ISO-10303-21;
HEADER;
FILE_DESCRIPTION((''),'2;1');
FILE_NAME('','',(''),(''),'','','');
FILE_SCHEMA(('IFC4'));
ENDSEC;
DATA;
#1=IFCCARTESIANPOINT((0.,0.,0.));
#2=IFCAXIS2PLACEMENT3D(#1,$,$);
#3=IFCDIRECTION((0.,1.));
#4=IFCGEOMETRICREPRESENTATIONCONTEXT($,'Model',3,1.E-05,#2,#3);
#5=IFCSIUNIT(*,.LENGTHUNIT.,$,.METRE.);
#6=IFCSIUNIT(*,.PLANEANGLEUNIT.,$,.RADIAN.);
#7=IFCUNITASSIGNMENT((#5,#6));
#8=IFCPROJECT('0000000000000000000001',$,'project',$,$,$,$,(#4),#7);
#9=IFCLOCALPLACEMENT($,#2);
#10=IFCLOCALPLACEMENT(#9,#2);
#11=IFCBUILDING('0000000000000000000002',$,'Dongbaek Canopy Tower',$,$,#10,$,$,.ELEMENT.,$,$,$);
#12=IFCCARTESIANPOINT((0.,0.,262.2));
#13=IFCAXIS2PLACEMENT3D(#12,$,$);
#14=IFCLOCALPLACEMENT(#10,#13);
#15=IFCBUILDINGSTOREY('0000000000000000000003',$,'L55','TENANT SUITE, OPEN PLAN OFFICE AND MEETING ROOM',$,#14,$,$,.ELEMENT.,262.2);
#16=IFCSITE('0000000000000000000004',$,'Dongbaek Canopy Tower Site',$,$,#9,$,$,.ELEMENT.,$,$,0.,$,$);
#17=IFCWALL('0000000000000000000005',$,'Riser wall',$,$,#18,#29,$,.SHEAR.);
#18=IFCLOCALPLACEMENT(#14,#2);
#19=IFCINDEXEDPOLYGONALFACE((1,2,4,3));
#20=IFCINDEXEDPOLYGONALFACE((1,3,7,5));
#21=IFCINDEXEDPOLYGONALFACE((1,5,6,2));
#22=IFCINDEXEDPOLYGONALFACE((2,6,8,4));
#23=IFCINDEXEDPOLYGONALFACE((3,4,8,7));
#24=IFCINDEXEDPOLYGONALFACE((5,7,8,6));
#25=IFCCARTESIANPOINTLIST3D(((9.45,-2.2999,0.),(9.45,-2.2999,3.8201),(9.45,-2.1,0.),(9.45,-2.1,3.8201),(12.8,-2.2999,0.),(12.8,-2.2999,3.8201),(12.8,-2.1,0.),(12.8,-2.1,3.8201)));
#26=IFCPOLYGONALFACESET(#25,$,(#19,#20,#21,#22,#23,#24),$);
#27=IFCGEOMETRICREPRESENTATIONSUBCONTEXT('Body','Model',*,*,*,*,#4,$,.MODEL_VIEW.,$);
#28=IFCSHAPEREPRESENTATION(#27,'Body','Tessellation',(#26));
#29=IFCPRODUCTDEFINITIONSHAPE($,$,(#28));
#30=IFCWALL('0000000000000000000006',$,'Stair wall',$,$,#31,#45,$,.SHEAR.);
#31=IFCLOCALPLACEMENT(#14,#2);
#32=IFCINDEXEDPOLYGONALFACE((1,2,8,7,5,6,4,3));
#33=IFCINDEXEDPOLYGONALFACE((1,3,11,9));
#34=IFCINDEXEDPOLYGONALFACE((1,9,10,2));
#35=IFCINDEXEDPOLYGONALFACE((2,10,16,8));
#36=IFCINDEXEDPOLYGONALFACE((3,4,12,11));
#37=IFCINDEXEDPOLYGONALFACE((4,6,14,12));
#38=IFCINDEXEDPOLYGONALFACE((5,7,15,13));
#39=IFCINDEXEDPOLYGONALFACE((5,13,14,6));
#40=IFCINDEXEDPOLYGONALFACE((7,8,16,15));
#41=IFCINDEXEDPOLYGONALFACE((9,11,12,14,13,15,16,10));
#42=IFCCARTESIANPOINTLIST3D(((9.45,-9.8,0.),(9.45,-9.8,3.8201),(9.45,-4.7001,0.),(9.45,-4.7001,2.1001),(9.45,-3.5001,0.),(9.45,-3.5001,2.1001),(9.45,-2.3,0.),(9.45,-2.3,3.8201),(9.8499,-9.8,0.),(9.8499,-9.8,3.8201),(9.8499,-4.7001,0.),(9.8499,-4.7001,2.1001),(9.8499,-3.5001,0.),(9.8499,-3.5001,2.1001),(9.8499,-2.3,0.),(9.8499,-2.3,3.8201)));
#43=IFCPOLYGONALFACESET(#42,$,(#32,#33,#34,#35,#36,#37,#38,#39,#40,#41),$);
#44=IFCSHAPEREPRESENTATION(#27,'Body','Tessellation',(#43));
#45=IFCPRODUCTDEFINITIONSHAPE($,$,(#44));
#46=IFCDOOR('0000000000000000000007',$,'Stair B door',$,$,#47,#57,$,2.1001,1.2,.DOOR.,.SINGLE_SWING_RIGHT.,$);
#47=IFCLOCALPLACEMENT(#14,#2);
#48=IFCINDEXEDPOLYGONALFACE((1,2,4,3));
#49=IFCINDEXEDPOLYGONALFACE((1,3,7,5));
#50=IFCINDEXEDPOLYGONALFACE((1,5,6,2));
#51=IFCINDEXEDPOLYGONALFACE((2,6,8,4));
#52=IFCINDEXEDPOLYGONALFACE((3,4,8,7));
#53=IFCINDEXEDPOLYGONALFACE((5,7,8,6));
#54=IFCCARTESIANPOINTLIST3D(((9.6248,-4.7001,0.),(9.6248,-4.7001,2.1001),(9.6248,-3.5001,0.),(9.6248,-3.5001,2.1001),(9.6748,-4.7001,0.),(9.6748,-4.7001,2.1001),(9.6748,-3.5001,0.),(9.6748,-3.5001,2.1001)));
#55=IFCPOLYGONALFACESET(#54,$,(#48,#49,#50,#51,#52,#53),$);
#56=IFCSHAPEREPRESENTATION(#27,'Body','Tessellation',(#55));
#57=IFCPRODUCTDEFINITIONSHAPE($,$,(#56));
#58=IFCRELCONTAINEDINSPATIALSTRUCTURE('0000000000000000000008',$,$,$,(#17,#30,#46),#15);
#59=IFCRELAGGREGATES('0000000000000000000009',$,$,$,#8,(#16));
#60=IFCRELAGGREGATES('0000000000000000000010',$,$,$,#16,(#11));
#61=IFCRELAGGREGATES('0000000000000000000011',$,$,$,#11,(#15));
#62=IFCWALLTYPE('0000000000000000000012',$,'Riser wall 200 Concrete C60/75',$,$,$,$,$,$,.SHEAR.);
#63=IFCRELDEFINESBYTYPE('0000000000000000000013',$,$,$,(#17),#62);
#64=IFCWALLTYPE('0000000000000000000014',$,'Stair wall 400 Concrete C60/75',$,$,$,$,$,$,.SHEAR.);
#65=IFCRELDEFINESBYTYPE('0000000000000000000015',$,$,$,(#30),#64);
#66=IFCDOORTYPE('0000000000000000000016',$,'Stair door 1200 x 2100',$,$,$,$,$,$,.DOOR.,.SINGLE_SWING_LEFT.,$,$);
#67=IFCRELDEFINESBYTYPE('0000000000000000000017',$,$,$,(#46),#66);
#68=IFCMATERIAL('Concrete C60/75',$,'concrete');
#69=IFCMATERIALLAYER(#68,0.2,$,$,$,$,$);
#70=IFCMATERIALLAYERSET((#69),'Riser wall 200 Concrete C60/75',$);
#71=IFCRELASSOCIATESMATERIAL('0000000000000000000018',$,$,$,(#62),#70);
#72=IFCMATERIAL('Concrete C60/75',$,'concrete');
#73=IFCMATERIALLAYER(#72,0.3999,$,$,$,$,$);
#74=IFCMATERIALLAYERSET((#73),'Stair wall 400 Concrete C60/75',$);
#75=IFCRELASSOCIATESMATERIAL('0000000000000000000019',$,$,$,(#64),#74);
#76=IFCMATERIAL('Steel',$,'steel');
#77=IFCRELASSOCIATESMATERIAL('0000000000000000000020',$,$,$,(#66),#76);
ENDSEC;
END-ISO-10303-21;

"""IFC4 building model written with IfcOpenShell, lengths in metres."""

from ifc_helpers import new_model, si_unit, direction, frame, frame_2d, origin, place, context, subcontext, project, spatial, rectangle, extrude, material, layer, layer_set, type_object, element, fill, save


model = new_model("IFC4")

# Units and contexts
model_context = context("Model", 3, precision=1e-05, world=origin(), true_north=direction((0.0, 1.0)))
body_context = subcontext(model_context, "Body", "Model", "MODEL_VIEW")
ifc_project = project(units=[si_unit("LENGTHUNIT", "METRE"), si_unit("PLANEANGLEUNIT", "RADIAN")], contexts=[model_context])

# Site, building, storey
site_placement = place(None, origin())
site = spatial("IfcSite", under=ifc_project, at=site_placement, Name="Dongbaek Canopy Tower Site", CompositionType="ELEMENT", RefElevation=0.0)
building_placement = place(site_placement, origin())
building = spatial("IfcBuilding", under=site, at=building_placement, Name="Dongbaek Canopy Tower", CompositionType="ELEMENT")
storey_placement = place(building_placement, frame((0.0, 0.0, 262.2)))
storey = spatial("IfcBuildingStorey", under=building, at=storey_placement, Name="L55", Description="TENANT SUITE, OPEN PLAN OFFICE AND MEETING ROOM", CompositionType="ELEMENT", Elevation=262.2)

# Wall
ifc_material_1 = material(Name="Concrete C60/75", Category="concrete")
ifc_layer_1 = layer(ifc_material_1, 0.2)
ifc_layer_set_1 = layer_set([ifc_layer_1], Name="Riser wall 200 Concrete C60/75")
wall_type_1 = type_object("IfcWallType", Name="Riser wall 200 Concrete C60/75", PredefinedType="SHEAR", material=ifc_layer_set_1)
wall_1_placement = place(storey_placement, frame((9.45, -2.2, 0.0), z_axis=(0.0, 0.0, 1.0), x_axis=(1.0, 0.0, 0.0)))
element("IfcWall", 1, at=wall_1_placement, inside=storey, type_object=wall_type_1, Name="Riser wall", PredefinedType="SHEAR", context=body_context, shape_type="SweptSolid", body=[
    extrude(rectangle(XDim=3.3501, YDim=0.2, at=frame_2d((1.675, 0.0))), origin(), (0.0, 0.0, 1.0), 3.8201),
])

# Wall, opening, door
ifc_material_2 = material(Name="Concrete C60/75", Category="concrete")
ifc_layer_2 = layer(ifc_material_2, 0.3999)
ifc_layer_set_2 = layer_set([ifc_layer_2], Name="Stair wall 400 Concrete C60/75")
wall_type_2 = type_object("IfcWallType", Name="Stair wall 400 Concrete C60/75", PredefinedType="SHEAR", material=ifc_layer_set_2)
wall_2_placement = place(storey_placement, frame((9.6499, -2.3, 0.0), z_axis=(0.0, 0.0, 1.0), x_axis=(0.0, -1.0, 0.0)))
wall_2 = element("IfcWall", 2, at=wall_2_placement, inside=storey, type_object=wall_type_2, Name="Stair wall", PredefinedType="SHEAR", context=body_context, shape_type="SweptSolid", body=[
    extrude(rectangle(XDim=7.5, YDim=0.3999, at=frame_2d((3.75, 0.0))), origin(), (0.0, 0.0, 1.0), 3.8201),
])
opening_1_placement = place(wall_2_placement, frame((1.2, 0.0, 0.0)))
opening_1 = element("IfcOpeningElement", 3, at=opening_1_placement, cuts=wall_2, PredefinedType="OPENING", context=body_context, shape_type="SweptSolid", body=[
    extrude(rectangle(XDim=1.2, YDim=2.1001, at=frame_2d((0.6001, 1.05))), frame((0.0, 0.21, 0.0), z_axis=(0.0, -1.0, 0.0), x_axis=(1.0, 0.0, 0.0)), (0.0, 0.0, 1.0), 0.4199),
])
ifc_material_3 = material(Name="Steel", Category="steel")
door_type_1 = type_object("IfcDoorType", Name="Stair door 1200 x 2100", OperationType="SINGLE_SWING_LEFT", PredefinedType="DOOR", material=ifc_material_3)
door_1_placement = place(opening_1_placement, origin())
door_1 = element("IfcDoor", 4, at=door_1_placement, inside=storey, type_object=door_type_1, Name="Stair B door", OperationType="SINGLE_SWING_RIGHT", OverallHeight=2.1001, OverallWidth=1.2, PredefinedType="DOOR", context=body_context, shape_type="SweptSolid", body=[
    extrude(rectangle(XDim=1.2, YDim=2.1001, at=frame_2d((0.6001, 1.05))), frame((0.0, 0.0249, 0.0), z_axis=(0.0, -1.0, 0.0), x_axis=(1.0, 0.0, 0.0)), (0.0, 0.0, 1.0), 0.05),
])
fill(opening_1, door_1)

save(model, "model.ifc")
